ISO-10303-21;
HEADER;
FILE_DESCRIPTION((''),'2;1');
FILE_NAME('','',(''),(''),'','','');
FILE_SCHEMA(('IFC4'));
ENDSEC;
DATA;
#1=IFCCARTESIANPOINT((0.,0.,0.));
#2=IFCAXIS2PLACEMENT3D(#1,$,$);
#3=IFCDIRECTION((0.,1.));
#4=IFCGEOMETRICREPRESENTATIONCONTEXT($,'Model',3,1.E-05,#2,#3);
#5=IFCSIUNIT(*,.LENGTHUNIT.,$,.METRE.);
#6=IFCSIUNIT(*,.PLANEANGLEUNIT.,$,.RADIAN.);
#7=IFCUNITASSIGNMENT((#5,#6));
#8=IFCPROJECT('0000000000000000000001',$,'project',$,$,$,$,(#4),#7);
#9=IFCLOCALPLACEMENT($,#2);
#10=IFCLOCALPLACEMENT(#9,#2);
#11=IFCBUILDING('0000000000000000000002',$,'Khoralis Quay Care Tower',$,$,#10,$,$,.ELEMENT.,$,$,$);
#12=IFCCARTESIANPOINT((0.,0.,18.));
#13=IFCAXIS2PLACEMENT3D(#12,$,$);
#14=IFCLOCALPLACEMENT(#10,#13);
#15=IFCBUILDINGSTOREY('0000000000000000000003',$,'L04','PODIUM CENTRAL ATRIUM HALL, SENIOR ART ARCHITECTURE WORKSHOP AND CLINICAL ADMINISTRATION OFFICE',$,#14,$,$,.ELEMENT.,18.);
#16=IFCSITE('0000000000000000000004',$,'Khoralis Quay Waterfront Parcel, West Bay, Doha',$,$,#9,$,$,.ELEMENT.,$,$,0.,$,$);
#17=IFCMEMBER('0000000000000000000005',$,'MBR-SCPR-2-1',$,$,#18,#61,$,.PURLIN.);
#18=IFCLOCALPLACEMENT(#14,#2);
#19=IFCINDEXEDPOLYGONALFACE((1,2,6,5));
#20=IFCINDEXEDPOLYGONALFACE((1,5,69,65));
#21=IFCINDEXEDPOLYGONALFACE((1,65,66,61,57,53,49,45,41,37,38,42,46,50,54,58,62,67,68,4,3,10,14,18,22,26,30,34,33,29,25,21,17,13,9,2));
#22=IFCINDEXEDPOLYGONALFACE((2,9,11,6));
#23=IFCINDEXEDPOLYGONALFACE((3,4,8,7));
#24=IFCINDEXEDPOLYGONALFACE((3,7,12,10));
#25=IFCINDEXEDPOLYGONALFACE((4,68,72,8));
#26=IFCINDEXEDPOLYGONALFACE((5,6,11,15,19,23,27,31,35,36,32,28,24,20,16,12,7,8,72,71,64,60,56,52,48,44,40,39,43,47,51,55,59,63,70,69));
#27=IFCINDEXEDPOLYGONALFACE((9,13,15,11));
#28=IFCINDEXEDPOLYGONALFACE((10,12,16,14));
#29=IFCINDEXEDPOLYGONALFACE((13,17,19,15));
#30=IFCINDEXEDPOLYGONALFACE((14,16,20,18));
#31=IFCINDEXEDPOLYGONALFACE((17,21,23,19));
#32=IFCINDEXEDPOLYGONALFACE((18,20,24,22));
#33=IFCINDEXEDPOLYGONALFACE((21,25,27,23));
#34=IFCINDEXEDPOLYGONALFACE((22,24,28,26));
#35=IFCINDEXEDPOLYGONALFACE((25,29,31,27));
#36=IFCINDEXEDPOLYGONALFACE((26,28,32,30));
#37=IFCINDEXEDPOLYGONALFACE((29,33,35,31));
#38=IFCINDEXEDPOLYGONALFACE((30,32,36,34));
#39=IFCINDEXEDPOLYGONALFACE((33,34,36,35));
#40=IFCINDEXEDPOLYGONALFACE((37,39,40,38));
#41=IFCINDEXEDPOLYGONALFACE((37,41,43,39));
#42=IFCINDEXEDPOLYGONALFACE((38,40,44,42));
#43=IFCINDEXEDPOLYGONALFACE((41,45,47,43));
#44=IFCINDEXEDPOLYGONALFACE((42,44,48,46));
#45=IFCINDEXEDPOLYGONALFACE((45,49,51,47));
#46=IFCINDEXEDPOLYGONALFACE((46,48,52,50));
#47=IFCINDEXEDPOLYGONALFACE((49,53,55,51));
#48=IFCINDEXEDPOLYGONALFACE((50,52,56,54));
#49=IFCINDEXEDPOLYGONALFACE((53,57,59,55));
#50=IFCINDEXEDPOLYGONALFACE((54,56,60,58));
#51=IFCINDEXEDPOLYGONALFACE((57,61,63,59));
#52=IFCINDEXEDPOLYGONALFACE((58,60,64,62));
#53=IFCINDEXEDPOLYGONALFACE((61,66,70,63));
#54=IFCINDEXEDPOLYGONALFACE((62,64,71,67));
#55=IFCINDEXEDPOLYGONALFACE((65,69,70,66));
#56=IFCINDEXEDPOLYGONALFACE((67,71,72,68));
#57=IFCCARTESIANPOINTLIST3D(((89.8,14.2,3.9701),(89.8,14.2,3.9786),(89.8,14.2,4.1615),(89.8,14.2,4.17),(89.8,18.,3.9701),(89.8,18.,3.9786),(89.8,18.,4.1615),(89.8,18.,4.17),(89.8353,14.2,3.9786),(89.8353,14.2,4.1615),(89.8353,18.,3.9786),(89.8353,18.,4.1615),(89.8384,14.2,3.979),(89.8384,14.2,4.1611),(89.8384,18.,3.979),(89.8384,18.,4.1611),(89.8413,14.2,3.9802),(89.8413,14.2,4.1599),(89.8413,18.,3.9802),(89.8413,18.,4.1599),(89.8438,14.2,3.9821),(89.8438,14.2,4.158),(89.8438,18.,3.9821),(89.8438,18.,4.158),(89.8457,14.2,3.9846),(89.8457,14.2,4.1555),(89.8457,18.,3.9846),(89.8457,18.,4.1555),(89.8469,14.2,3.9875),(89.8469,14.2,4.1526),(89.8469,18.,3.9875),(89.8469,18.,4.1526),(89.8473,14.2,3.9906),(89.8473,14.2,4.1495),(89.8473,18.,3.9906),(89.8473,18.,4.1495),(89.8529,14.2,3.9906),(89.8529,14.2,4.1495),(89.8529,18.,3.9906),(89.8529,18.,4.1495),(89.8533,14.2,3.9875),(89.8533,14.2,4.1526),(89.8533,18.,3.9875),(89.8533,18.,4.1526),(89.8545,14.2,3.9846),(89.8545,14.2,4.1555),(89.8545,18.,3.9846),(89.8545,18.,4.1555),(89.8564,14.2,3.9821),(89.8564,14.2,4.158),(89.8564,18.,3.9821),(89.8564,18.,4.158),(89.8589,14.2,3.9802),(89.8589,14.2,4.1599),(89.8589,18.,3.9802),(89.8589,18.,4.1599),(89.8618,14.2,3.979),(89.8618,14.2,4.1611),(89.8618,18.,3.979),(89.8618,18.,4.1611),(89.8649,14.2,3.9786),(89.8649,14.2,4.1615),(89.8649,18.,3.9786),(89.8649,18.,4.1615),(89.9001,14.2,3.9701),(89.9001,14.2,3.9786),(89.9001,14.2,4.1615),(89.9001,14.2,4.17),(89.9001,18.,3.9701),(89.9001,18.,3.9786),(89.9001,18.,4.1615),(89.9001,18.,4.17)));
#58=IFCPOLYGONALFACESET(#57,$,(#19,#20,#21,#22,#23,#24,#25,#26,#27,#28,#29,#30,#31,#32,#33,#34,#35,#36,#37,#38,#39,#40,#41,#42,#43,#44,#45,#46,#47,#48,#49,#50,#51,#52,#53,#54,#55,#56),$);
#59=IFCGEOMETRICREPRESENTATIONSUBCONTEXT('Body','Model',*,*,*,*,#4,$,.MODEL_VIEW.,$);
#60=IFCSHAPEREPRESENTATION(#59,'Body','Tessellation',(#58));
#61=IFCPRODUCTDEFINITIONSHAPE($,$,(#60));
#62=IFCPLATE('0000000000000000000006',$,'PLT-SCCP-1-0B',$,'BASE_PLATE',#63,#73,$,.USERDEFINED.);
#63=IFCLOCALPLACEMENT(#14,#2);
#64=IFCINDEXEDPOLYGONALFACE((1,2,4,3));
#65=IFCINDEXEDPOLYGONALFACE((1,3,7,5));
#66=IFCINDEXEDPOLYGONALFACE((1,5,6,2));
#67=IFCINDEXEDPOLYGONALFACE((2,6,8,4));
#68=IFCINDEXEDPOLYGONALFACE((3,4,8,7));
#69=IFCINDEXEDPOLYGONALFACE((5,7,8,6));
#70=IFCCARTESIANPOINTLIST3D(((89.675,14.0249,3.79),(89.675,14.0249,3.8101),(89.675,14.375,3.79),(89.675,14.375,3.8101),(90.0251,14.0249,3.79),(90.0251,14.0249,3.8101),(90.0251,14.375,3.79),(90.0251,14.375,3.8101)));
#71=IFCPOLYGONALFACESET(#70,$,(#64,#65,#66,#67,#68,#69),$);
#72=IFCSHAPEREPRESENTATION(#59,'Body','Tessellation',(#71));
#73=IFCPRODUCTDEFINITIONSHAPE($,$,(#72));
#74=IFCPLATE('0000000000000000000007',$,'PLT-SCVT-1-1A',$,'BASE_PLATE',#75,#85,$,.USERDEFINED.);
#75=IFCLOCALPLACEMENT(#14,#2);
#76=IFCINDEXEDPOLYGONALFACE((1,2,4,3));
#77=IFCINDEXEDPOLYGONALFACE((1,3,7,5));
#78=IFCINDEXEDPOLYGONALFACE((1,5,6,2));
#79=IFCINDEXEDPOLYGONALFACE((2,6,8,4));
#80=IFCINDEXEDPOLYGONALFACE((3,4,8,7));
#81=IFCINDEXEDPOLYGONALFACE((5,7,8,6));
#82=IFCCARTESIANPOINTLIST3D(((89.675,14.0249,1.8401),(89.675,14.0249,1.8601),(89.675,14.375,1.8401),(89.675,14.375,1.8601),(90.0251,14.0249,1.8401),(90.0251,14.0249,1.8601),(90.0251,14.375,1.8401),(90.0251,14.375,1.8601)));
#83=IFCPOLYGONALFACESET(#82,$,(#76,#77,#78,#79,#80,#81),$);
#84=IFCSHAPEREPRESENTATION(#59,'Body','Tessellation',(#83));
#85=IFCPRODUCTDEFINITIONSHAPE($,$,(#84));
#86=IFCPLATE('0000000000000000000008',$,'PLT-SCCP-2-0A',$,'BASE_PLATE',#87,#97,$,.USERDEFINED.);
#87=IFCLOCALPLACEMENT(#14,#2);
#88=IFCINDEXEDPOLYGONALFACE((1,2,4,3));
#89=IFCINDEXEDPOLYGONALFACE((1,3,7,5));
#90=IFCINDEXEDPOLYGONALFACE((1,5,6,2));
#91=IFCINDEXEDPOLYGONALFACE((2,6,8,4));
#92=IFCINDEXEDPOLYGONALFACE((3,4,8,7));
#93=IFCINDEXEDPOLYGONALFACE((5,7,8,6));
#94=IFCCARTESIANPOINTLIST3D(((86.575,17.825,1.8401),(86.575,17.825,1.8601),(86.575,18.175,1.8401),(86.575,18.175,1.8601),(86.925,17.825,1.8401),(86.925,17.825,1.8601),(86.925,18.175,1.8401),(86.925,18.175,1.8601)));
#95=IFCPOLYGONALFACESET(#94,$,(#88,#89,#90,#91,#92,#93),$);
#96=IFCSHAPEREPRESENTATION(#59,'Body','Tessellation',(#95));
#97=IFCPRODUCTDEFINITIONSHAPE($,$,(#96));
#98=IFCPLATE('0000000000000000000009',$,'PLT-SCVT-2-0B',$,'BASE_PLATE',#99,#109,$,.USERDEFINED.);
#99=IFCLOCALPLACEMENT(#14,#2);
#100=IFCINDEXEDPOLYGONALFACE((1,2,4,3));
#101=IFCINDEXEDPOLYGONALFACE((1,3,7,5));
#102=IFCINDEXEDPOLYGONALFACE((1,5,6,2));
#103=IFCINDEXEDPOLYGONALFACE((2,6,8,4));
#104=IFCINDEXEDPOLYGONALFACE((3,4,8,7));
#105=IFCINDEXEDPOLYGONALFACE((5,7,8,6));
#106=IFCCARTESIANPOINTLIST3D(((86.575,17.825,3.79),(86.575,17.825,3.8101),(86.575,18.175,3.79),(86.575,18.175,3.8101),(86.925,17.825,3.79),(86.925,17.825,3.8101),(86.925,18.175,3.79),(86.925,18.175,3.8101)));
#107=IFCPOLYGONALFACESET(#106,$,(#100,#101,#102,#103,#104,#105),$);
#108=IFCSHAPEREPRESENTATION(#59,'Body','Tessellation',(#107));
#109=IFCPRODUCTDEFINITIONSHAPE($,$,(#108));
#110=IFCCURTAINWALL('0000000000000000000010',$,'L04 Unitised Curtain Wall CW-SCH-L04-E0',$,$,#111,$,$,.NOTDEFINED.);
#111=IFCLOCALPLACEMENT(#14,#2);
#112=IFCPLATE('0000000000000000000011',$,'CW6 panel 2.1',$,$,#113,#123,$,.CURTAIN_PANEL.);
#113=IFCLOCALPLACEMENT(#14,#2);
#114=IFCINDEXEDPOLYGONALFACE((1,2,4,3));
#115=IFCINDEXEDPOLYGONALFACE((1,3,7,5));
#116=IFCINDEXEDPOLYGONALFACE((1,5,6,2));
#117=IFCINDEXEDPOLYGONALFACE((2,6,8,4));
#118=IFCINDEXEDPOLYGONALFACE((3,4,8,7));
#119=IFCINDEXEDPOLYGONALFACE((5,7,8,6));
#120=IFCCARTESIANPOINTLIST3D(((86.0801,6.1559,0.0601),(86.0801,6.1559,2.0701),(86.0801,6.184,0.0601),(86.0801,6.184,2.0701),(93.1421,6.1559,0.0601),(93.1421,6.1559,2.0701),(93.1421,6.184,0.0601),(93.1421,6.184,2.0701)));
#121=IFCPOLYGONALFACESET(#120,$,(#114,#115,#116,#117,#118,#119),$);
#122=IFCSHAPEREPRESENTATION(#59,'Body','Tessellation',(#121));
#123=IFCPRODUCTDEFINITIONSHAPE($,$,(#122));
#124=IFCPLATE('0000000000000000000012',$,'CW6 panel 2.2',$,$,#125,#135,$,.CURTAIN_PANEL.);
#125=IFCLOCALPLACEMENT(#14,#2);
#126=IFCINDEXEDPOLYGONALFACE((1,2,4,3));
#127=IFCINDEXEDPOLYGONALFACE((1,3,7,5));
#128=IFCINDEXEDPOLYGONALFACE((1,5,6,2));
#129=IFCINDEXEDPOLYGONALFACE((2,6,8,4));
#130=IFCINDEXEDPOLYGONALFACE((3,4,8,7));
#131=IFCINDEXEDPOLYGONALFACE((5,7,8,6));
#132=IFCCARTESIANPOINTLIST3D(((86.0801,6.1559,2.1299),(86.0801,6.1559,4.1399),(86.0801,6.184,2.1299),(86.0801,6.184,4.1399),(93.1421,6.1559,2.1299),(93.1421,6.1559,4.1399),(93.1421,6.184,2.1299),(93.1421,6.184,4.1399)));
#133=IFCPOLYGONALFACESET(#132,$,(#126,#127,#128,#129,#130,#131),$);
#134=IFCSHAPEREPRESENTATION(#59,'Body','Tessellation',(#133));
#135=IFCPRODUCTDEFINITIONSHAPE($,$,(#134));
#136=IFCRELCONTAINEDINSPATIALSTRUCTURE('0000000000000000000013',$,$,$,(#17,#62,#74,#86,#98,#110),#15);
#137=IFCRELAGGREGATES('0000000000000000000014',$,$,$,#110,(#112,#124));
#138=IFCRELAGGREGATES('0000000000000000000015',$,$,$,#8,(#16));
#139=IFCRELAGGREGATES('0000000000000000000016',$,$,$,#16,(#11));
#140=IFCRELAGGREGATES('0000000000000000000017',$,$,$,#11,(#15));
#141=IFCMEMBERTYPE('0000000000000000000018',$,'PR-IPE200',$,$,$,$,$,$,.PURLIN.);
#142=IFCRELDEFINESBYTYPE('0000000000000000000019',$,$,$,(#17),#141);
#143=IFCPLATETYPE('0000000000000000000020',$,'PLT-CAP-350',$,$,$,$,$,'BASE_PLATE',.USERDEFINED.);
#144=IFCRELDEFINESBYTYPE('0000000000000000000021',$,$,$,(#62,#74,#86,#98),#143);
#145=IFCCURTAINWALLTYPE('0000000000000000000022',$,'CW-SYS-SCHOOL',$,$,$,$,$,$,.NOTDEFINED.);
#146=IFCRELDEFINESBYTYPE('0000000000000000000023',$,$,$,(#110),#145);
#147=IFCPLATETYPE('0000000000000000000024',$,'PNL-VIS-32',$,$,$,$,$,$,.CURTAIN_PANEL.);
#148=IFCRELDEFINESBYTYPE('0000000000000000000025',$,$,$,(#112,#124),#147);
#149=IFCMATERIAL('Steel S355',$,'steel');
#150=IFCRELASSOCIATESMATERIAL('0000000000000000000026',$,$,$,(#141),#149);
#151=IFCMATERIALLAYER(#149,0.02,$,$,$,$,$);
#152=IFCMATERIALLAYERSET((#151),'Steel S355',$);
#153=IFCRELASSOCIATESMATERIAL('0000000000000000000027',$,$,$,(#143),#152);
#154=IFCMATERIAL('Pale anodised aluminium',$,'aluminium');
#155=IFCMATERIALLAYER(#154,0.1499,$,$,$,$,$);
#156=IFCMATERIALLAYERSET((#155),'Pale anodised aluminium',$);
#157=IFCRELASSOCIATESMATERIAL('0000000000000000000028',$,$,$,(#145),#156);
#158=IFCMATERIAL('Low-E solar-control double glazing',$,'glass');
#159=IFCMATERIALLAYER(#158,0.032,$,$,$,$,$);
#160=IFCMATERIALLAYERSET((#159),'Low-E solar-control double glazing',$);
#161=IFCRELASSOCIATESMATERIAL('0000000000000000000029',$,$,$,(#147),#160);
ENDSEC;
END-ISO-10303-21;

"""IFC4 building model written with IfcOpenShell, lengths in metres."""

from ifc_helpers import new_model, si_unit, direction, frame, origin, origin_2d, place, context, subcontext, project, spatial, rectangle, i_section, extrude, source, transform, mapped, material, layer, layer_set, material_profile, profile_set, type_object, element, aggregate, save


model = new_model("IFC4")

# Units and contexts
model_context = context("Model", 3, precision=1e-05, world=origin(), true_north=direction((0.0, 1.0)))
body_context = subcontext(model_context, "Body", "Model", "MODEL_VIEW")
ifc_project = project(units=[si_unit("LENGTHUNIT", "METRE"), si_unit("PLANEANGLEUNIT", "RADIAN")], contexts=[model_context])

# Site, building, storey
site_placement = place(None, origin())
site = spatial("IfcSite", under=ifc_project, at=site_placement, Name="Khoralis Quay Waterfront Parcel, West Bay, Doha", CompositionType="ELEMENT", RefElevation=0.0)
building_placement = place(site_placement, origin())
building = spatial("IfcBuilding", under=site, at=building_placement, Name="Khoralis Quay Care Tower", CompositionType="ELEMENT")
storey_placement = place(building_placement, frame((0.0, 0.0, 18.0)))
storey = spatial("IfcBuildingStorey", under=building, at=storey_placement, Name="L04", Description="PODIUM CENTRAL ATRIUM HALL, SENIOR ART ARCHITECTURE WORKSHOP AND CLINICAL ADMINISTRATION OFFICE", CompositionType="ELEMENT", Elevation=18.0)

# Member
ifc_material_1 = material(Name="Steel S355", Category="steel")
ifc_material_profile_1 = material_profile(ifc_material_1, i_section(OverallWidth=0.1001, OverallDepth=0.2, WebThickness=0.0056, FlangeThickness=0.0085, FilletRadius=0.012, at=origin_2d()), Name="Steel S355")
ifc_profile_set_1 = profile_set([ifc_material_profile_1], Name="Steel S355")
member_type_1 = type_object("IfcMemberType", Name="PR-IPE200", PredefinedType="PURLIN", material=ifc_profile_set_1)
shared_shape_1 = source(origin(), body_context, "Body", "SweptSolid", [
    extrude(i_section(OverallWidth=0.1001, OverallDepth=0.2, WebThickness=0.0056, FlangeThickness=0.0085, FilletRadius=0.012, at=origin_2d()), origin(), (0.0, 0.0, 1.0), 3.8),
])
member_1_placement = place(storey_placement, frame((89.8501, 14.2, 4.0701), z_axis=(0.0, 1.0, 0.0), x_axis=(-1.0, 0.0, 0.0)))
element("IfcMember", 1, at=member_1_placement, inside=storey, type_object=member_type_1, Name="MBR-SCPR-2-1", PredefinedType="PURLIN", context=body_context, shape_type="MappedRepresentation", body=[
    mapped(shared_shape_1, transform((0.0, 0.0, 0.0), scale=1.0)),
])

# Plates
ifc_layer_1 = layer(ifc_material_1, 0.02)
ifc_layer_set_1 = layer_set([ifc_layer_1], Name="Steel S355")
plate_type_1 = type_object("IfcPlateType", Name="PLT-CAP-350", ElementType="BASE_PLATE", PredefinedType="USERDEFINED", material=ifc_layer_set_1)
shared_shape_2 = source(origin(), body_context, "Body", "SweptSolid", [
    extrude(rectangle(XDim=0.3501, YDim=0.3501, at=origin_2d()), origin(), (0.0, 0.0, 1.0), 0.02),
])
for number, where, z_axis, x_axis, name in (
    (2, (89.8501, 14.2, 3.79), (0.0, 0.0, 1.0), (1.0, 0.0, 0.0), "PLT-SCCP-1-0B"),
    (3, (89.8501, 14.2, 1.8401), (0.0, 0.0, 1.0), (1.0, 0.0, 0.0), "PLT-SCVT-1-1A"),
    (4, (86.75, 18.0, 1.8401), (0.0, 0.0, 1.0), (1.0, 0.0, 0.0), "PLT-SCCP-2-0A"),
    (5, (86.75, 18.0, 3.79), (0.0, 0.0, 1.0), (1.0, 0.0, 0.0), "PLT-SCVT-2-0B"),
):
    element("IfcPlate", number, at=place(storey_placement, frame(where, z_axis=z_axis, x_axis=x_axis)), inside=storey, type_object=plate_type_1, Name=name, ObjectType="BASE_PLATE", PredefinedType="USERDEFINED", context=body_context, shape_type="MappedRepresentation", body=[
        mapped(shared_shape_2, transform((0.0, 0.0, 0.0), scale=1.0)),
    ])

# Curtain wall, plates
ifc_material_2 = material(Name="Pale anodised aluminium", Category="aluminium")
ifc_layer_2 = layer(ifc_material_2, 0.1499)
ifc_layer_set_2 = layer_set([ifc_layer_2], Name="Pale anodised aluminium")
curtain_wall_type = type_object("IfcCurtainWallType", Name="CW-SYS-SCHOOL", PredefinedType="NOTDEFINED", material=ifc_layer_set_2)
curtain_wall_placement = place(storey_placement, origin())
curtain_wall = element("IfcCurtainWall", 6, at=curtain_wall_placement, inside=storey, type_object=curtain_wall_type, Name="L04 Unitised Curtain Wall CW-SCH-L04-E0", PredefinedType="NOTDEFINED")
ifc_material_3 = material(Name="Low-E solar-control double glazing", Category="glass")
ifc_layer_3 = layer(ifc_material_3, 0.032)
ifc_layer_set_3 = layer_set([ifc_layer_3], Name="Low-E solar-control double glazing")
plate_type_2 = type_object("IfcPlateType", Name="PNL-VIS-32", PredefinedType="CURTAIN_PANEL", material=ifc_layer_set_3)
shared_shape_3 = source(origin(), body_context, "Body", "SweptSolid", [
    extrude(rectangle(XDim=7.062, YDim=0.0281, at=origin_2d()), origin(), (0.0, 0.0, 1.0), 2.01),
])
plate_1_placement = place(storey_placement, frame((89.6111, 6.1699, 0.0601), z_axis=(0.0, 0.0, 1.0), x_axis=(1.0, 0.0, 0.0)))
plate_1 = element("IfcPlate", 7, at=plate_1_placement, type_object=plate_type_2, Name="CW6 panel 2.1", PredefinedType="CURTAIN_PANEL", context=body_context, shape_type="MappedRepresentation", body=[
    mapped(shared_shape_3, transform((0.0, 0.0, 0.0), scale=1.0)),
])
plate_2_placement = place(storey_placement, frame((89.6111, 6.1699, 2.1299), z_axis=(0.0, 0.0, 1.0), x_axis=(1.0, 0.0, 0.0)))
plate_2 = element("IfcPlate", 8, at=plate_2_placement, type_object=plate_type_2, Name="CW6 panel 2.2", PredefinedType="CURTAIN_PANEL", context=body_context, shape_type="MappedRepresentation", body=[
    mapped(shared_shape_3, transform((0.0, 0.0, 0.0), scale=1.0)),
])
aggregate(curtain_wall, [plate_1, plate_2])

save(model, "model.ifc")
